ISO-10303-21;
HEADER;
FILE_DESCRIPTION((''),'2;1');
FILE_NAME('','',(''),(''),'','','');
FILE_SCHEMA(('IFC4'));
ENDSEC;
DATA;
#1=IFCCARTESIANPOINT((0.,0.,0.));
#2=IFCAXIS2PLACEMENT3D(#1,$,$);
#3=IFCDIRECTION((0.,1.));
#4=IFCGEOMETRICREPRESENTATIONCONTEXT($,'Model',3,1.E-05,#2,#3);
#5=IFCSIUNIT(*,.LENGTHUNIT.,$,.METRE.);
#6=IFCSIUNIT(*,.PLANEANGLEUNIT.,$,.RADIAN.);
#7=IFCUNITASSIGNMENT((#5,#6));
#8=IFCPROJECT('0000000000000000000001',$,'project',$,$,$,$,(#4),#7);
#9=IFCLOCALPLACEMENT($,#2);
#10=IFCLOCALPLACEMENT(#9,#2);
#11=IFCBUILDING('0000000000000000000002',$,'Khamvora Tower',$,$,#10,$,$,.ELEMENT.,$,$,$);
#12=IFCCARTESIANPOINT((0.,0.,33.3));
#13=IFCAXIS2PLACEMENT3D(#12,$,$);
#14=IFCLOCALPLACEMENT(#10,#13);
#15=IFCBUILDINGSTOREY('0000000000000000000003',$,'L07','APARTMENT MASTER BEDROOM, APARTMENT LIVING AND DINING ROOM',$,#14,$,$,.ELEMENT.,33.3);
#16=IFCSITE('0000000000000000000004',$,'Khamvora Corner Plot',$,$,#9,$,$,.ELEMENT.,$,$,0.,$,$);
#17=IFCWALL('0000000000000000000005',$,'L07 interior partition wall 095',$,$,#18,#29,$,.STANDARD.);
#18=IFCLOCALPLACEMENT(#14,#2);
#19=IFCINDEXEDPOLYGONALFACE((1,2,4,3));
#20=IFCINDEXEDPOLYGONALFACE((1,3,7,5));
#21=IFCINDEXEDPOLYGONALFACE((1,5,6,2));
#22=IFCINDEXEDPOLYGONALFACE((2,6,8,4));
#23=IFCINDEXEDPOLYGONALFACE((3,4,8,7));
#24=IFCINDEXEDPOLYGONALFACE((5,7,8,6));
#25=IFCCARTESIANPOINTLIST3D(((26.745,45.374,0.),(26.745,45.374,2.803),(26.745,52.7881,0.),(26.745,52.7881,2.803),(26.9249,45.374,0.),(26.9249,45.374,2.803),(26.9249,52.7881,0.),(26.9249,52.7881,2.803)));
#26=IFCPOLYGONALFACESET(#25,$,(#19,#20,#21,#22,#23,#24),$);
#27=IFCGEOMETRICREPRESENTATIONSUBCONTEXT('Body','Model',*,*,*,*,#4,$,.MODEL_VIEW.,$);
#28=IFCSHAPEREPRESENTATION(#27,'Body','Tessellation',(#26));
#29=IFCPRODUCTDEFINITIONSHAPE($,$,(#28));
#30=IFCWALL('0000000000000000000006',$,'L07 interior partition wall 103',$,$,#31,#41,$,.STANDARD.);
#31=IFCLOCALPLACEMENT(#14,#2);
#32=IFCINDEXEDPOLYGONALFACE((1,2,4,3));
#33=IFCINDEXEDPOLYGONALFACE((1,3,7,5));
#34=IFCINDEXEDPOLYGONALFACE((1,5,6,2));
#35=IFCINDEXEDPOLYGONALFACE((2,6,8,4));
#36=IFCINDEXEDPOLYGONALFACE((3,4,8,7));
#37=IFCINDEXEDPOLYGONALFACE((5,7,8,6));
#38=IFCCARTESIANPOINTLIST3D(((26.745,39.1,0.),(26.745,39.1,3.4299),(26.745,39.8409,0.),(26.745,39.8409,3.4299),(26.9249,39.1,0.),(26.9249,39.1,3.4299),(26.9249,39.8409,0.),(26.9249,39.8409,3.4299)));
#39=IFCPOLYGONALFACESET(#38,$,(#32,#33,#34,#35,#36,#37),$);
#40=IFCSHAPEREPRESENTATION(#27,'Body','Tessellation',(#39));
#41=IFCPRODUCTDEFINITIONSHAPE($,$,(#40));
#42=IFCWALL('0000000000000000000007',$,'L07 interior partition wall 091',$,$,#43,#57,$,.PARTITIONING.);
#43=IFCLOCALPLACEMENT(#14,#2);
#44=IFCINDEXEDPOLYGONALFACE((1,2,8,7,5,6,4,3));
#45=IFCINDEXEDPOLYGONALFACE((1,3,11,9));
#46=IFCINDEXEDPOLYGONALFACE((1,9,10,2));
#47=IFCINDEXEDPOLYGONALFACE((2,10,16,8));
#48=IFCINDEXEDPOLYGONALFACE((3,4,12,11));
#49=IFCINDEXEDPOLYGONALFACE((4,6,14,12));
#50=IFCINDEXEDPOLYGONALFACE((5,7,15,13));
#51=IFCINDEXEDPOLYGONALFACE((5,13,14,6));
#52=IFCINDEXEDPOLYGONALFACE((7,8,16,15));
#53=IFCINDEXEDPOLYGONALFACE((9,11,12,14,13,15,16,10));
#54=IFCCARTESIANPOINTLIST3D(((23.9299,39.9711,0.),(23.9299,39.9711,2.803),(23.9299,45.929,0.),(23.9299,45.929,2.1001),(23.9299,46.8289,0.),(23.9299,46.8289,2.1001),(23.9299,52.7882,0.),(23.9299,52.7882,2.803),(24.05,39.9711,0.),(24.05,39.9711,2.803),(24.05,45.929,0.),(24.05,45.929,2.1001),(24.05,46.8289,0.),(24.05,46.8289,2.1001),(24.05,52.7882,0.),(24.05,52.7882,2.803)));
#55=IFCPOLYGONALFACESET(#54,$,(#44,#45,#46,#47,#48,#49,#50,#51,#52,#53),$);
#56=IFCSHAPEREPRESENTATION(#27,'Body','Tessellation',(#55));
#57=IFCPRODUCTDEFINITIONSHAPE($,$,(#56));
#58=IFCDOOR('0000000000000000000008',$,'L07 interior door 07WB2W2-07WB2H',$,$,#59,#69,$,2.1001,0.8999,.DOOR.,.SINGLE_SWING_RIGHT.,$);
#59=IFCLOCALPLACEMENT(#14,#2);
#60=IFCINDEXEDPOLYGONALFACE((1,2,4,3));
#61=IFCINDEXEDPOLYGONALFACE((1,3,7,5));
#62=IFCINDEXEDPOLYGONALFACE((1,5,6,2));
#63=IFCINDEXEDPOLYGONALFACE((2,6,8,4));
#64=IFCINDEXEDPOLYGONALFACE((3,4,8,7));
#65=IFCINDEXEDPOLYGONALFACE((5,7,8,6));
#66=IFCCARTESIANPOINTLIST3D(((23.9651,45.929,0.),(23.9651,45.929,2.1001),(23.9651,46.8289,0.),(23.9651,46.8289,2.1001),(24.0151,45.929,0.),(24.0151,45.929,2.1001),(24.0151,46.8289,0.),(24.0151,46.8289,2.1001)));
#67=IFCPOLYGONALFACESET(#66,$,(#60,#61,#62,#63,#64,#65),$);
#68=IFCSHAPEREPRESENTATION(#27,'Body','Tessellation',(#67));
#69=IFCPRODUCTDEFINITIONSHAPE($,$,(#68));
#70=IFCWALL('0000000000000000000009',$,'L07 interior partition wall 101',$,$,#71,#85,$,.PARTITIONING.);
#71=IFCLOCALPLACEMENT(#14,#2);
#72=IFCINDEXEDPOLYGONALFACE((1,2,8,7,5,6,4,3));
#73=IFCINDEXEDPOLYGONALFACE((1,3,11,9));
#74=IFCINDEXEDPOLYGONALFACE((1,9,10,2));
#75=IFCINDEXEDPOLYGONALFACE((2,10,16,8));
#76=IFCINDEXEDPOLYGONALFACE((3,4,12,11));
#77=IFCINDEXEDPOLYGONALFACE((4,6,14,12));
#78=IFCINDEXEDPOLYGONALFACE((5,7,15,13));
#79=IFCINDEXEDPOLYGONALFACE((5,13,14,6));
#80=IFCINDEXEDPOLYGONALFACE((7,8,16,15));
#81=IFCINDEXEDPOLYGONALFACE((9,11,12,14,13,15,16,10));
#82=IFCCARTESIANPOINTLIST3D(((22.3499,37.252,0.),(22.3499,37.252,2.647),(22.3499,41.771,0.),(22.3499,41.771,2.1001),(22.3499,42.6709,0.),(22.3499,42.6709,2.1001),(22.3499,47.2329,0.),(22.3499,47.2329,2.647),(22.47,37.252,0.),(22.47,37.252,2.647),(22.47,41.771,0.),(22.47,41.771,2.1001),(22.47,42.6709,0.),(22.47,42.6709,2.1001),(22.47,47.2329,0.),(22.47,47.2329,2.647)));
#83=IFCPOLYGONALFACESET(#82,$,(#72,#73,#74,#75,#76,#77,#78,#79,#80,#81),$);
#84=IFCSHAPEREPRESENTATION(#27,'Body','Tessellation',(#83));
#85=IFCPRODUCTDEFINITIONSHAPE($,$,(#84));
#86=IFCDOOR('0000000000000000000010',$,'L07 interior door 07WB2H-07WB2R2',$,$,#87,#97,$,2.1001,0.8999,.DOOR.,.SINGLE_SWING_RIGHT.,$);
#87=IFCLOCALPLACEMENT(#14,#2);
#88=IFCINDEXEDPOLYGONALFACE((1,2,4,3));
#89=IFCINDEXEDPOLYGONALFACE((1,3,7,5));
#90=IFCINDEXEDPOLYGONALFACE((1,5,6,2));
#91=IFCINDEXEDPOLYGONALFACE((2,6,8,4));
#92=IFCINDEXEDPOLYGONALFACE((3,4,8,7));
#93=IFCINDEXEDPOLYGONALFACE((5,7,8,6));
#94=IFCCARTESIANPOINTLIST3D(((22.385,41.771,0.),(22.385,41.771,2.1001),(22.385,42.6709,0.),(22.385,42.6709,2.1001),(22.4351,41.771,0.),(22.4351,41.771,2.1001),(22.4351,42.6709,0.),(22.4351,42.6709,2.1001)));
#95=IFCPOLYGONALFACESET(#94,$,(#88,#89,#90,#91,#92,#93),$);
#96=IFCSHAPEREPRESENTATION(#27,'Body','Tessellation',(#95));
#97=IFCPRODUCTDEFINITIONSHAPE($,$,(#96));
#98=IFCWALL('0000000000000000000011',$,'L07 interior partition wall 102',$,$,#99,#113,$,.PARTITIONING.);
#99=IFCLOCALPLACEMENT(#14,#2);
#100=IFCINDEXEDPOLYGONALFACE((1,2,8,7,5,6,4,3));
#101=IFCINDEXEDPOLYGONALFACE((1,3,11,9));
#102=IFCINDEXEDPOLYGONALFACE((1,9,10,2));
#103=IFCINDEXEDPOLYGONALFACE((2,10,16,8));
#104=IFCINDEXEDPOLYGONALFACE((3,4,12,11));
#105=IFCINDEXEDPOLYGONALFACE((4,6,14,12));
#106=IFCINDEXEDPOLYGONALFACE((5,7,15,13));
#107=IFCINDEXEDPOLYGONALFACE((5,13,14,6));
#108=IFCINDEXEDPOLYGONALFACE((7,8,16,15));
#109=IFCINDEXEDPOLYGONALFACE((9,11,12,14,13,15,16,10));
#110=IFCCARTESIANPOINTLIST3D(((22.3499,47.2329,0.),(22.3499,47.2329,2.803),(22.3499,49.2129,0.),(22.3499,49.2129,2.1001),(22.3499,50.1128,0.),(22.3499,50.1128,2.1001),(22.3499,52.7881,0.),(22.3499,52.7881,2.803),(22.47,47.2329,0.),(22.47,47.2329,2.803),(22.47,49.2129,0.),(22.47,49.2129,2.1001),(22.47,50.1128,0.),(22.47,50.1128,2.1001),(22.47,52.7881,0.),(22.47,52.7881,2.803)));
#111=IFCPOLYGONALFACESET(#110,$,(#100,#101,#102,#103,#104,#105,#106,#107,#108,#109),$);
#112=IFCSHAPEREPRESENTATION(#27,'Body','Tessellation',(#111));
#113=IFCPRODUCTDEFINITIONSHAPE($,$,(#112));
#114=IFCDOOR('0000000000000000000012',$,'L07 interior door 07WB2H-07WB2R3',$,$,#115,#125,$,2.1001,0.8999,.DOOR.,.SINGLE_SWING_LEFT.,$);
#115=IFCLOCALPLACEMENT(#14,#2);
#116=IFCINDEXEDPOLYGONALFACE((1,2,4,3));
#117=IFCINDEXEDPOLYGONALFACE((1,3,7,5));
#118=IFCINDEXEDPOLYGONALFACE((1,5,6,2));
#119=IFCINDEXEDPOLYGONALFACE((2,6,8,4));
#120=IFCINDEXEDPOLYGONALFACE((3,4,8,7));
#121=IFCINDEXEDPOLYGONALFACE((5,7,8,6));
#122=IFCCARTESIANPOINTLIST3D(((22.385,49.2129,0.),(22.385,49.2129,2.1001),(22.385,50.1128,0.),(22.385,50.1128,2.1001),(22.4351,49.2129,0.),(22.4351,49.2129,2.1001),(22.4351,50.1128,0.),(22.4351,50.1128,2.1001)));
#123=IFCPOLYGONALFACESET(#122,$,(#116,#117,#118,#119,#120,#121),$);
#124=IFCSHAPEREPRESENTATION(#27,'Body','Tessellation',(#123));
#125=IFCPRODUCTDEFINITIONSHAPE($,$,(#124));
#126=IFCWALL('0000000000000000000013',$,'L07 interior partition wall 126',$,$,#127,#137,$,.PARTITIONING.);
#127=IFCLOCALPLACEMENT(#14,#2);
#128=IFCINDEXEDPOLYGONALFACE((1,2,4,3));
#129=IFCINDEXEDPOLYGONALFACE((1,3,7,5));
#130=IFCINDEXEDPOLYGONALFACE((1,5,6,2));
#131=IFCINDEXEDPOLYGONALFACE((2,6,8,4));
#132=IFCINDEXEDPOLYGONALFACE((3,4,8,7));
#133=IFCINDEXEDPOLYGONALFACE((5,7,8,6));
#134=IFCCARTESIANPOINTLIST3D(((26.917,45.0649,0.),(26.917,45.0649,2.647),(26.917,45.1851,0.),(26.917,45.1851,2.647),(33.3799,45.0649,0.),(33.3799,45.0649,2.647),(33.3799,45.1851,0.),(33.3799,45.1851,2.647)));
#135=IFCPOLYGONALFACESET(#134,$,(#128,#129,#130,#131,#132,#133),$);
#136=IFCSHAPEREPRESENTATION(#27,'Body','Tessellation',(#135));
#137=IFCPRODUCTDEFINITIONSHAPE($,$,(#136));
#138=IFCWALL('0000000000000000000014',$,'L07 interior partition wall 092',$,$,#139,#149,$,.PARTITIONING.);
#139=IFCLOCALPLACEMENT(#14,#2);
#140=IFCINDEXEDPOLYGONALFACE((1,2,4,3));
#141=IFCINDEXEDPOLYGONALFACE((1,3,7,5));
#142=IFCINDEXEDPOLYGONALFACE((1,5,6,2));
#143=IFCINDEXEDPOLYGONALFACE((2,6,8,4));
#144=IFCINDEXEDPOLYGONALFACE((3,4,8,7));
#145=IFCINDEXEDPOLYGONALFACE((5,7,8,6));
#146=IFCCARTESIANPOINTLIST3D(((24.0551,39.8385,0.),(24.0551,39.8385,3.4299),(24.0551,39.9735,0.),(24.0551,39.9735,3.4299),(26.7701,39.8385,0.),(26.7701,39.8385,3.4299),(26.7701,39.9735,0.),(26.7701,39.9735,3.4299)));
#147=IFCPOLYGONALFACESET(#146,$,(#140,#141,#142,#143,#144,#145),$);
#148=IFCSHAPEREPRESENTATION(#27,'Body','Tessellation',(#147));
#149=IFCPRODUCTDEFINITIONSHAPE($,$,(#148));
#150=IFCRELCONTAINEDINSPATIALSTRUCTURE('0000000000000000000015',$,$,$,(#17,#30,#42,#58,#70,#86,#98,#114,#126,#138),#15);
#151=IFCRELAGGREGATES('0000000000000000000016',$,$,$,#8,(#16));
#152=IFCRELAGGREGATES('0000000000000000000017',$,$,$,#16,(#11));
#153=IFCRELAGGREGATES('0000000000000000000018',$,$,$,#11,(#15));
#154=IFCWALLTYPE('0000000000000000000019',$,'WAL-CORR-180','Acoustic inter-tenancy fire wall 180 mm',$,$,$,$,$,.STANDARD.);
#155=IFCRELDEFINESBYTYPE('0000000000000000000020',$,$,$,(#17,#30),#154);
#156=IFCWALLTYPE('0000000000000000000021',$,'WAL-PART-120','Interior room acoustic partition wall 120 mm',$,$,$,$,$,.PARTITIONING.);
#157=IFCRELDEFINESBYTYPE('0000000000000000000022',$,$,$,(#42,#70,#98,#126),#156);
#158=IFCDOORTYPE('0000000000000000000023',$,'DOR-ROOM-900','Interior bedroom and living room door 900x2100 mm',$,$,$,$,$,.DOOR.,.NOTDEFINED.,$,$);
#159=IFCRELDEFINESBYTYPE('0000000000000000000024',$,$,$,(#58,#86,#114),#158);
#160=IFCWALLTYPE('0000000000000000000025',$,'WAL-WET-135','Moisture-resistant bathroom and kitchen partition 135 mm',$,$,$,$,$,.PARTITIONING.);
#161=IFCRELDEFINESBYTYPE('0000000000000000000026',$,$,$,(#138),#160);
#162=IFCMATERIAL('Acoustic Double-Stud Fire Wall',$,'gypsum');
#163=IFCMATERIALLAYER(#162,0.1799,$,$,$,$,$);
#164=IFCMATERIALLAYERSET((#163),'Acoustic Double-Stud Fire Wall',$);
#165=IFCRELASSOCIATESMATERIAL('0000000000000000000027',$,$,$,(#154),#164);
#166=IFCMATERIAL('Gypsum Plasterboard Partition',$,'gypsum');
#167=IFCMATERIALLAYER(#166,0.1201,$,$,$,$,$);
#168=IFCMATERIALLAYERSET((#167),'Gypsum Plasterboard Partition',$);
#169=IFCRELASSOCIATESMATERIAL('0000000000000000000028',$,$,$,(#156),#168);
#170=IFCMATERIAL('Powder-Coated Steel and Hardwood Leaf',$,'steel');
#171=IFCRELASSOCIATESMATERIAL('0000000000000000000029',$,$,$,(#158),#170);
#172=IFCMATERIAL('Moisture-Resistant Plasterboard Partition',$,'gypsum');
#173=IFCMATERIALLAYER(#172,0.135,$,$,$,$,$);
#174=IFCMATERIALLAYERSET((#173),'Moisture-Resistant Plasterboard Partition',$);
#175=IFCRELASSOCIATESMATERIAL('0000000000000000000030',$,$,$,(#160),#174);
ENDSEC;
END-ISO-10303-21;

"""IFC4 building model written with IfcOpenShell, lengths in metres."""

from ifc_helpers import new_model, si_unit, direction, frame, frame_2d, origin, place, context, subcontext, project, spatial, rectangle, extrude, material, layer, layer_set, type_object, element, fill, save


model = new_model("IFC4")

# Units and contexts
model_context = context("Model", 3, precision=1e-05, world=origin(), true_north=direction((0.0, 1.0)))
body_context = subcontext(model_context, "Body", "Model", "MODEL_VIEW")
ifc_project = project(units=[si_unit("LENGTHUNIT", "METRE"), si_unit("PLANEANGLEUNIT", "RADIAN")], contexts=[model_context])

# Site, building, storey
site_placement = place(None, origin())
site = spatial("IfcSite", under=ifc_project, at=site_placement, Name="Khamvora Corner Plot", CompositionType="ELEMENT", RefElevation=0.0)
building_placement = place(site_placement, origin())
building = spatial("IfcBuilding", under=site, at=building_placement, Name="Khamvora Tower", CompositionType="ELEMENT")
storey_placement = place(building_placement, frame((0.0, 0.0, 33.3)))
storey = spatial("IfcBuildingStorey", under=building, at=storey_placement, Name="L07", Description="APARTMENT MASTER BEDROOM, APARTMENT LIVING AND DINING ROOM", CompositionType="ELEMENT", Elevation=33.3)

# Shared definitions
ifc_material_1 = material(Name="Powder-Coated Steel and Hardwood Leaf", Category="steel")

# Walls
ifc_material_2 = material(Name="Acoustic Double-Stud Fire Wall", Category="gypsum")
ifc_layer_1 = layer(ifc_material_2, 0.1799)
ifc_layer_set_1 = layer_set([ifc_layer_1], Name="Acoustic Double-Stud Fire Wall")
wall_type_1 = type_object("IfcWallType", Name="WAL-CORR-180", Description="Acoustic inter-tenancy fire wall 180 mm", PredefinedType="STANDARD", material=ifc_layer_set_1)
wall_1_placement = place(storey_placement, frame((26.835, 52.7881, 0.0), z_axis=(0.0, 0.0, 1.0), x_axis=(0.0, -1.0, 0.0)))
element("IfcWall", 1, at=wall_1_placement, inside=storey, type_object=wall_type_1, Name="L07 interior partition wall 095", PredefinedType="STANDARD", context=body_context, shape_type="SweptSolid", body=[
    extrude(rectangle(XDim=7.4141, YDim=0.1799, at=frame_2d((3.707, 0.0))), origin(), (0.0, 0.0, 1.0), 2.803),
])
wall_2_placement = place(storey_placement, frame((26.835, 39.8411, 0.0), z_axis=(0.0, 0.0, 1.0), x_axis=(0.0, -1.0, 0.0)))
element("IfcWall", 2, at=wall_2_placement, inside=storey, type_object=wall_type_1, Name="L07 interior partition wall 103", PredefinedType="STANDARD", context=body_context, shape_type="SweptSolid", body=[
    extrude(rectangle(XDim=0.741, YDim=0.1799, at=frame_2d((0.3706, 0.0))), origin(), (0.0, 0.0, 1.0), 3.4299),
])

# Walls, openings, doors
ifc_material_3 = material(Name="Gypsum Plasterboard Partition", Category="gypsum")
ifc_layer_2 = layer(ifc_material_3, 0.1201)
ifc_layer_set_2 = layer_set([ifc_layer_2], Name="Gypsum Plasterboard Partition")
wall_type_2 = type_object("IfcWallType", Name="WAL-PART-120", Description="Interior room acoustic partition wall 120 mm", PredefinedType="PARTITIONING", material=ifc_layer_set_2)
wall_3_placement = place(storey_placement, frame((23.99, 39.9709, 0.0), z_axis=(0.0, 0.0, 1.0), x_axis=(0.0, 1.0, 0.0)))
wall_3 = element("IfcWall", 3, at=wall_3_placement, inside=storey, type_object=wall_type_2, Name="L07 interior partition wall 091", PredefinedType="PARTITIONING", context=body_context, shape_type="SweptSolid", body=[
    extrude(rectangle(XDim=12.8171, YDim=0.1201, at=frame_2d((6.4087, 0.0))), origin(), (0.0, 0.0, 1.0), 2.803),
])
opening_1_placement = place(wall_3_placement, frame((5.958, 0.0, 0.0)))
opening_1 = element("IfcOpeningElement", 4, at=opening_1_placement, cuts=wall_3, PredefinedType="OPENING", context=body_context, shape_type="SweptSolid", body=[
    extrude(rectangle(XDim=0.8999, YDim=2.1001, at=frame_2d((0.45, 1.05))), frame((0.0, 0.0701, 0.0), z_axis=(0.0, -1.0, 0.0), x_axis=(1.0, 0.0, 0.0)), (0.0, 0.0, 1.0), 0.1401),
])
door_type_1 = type_object("IfcDoorType", Name="DOR-ROOM-900", Description="Interior bedroom and living room door 900x2100 mm", OperationType="NOTDEFINED", PredefinedType="DOOR", material=ifc_material_1)
door_1_placement = place(opening_1_placement, origin())
door_1 = element("IfcDoor", 5, at=door_1_placement, inside=storey, type_object=door_type_1, Name="L07 interior door 07WB2W2-07WB2H", OperationType="SINGLE_SWING_RIGHT", OverallHeight=2.1001, OverallWidth=0.8999, PredefinedType="DOOR", context=body_context, shape_type="SweptSolid", body=[
    extrude(rectangle(XDim=0.8999, YDim=2.1001, at=frame_2d((0.45, 1.05))), frame((0.0, 0.0249, 0.0), z_axis=(0.0, -1.0, 0.0), x_axis=(1.0, 0.0, 0.0)), (0.0, 0.0, 1.0), 0.05),
])
fill(opening_1, door_1)
wall_4_placement = place(storey_placement, frame((22.4099, 37.252, 0.0), z_axis=(0.0, 0.0, 1.0), x_axis=(0.0, 1.0, 0.0)))
wall_4 = element("IfcWall", 6, at=wall_4_placement, inside=storey, type_object=wall_type_2, Name="L07 interior partition wall 101", PredefinedType="PARTITIONING", context=body_context, shape_type="SweptSolid", body=[
    extrude(rectangle(XDim=9.981, YDim=0.1201, at=frame_2d((4.9905, 0.0))), origin(), (0.0, 0.0, 1.0), 2.647),
])
opening_2_placement = place(wall_4_placement, frame((4.519, 0.0, 0.0)))
opening_2 = element("IfcOpeningElement", 7, at=opening_2_placement, cuts=wall_4, PredefinedType="OPENING", context=body_context, shape_type="SweptSolid", body=[
    extrude(rectangle(XDim=0.8999, YDim=2.1001, at=frame_2d((0.45, 1.05))), frame((0.0, 0.0701, 0.0), z_axis=(0.0, -1.0, 0.0), x_axis=(1.0, 0.0, 0.0)), (0.0, 0.0, 1.0), 0.1401),
])
door_2_placement = place(opening_2_placement, origin())
door_2 = element("IfcDoor", 8, at=door_2_placement, inside=storey, type_object=door_type_1, Name="L07 interior door 07WB2H-07WB2R2", OperationType="SINGLE_SWING_RIGHT", OverallHeight=2.1001, OverallWidth=0.8999, PredefinedType="DOOR", context=body_context, shape_type="SweptSolid", body=[
    extrude(rectangle(XDim=0.8999, YDim=2.1001, at=frame_2d((0.45, 1.05))), frame((0.0, 0.0249, 0.0), z_axis=(0.0, -1.0, 0.0), x_axis=(1.0, 0.0, 0.0)), (0.0, 0.0, 1.0), 0.05),
])
fill(opening_2, door_2)
wall_5_placement = place(storey_placement, frame((22.4099, 47.2329, 0.0), z_axis=(0.0, 0.0, 1.0), x_axis=(0.0, 1.0, 0.0)))
wall_5 = element("IfcWall", 9, at=wall_5_placement, inside=storey, type_object=wall_type_2, Name="L07 interior partition wall 102", PredefinedType="PARTITIONING", context=body_context, shape_type="SweptSolid", body=[
    extrude(rectangle(XDim=5.5552, YDim=0.1201, at=frame_2d((2.7776, 0.0))), origin(), (0.0, 0.0, 1.0), 2.803),
])
opening_3_placement = place(wall_5_placement, frame((1.98, 0.0, 0.0)))
opening_3 = element("IfcOpeningElement", 10, at=opening_3_placement, cuts=wall_5, PredefinedType="OPENING", context=body_context, shape_type="SweptSolid", body=[
    extrude(rectangle(XDim=0.8999, YDim=2.1001, at=frame_2d((0.45, 1.05))), frame((0.0, 0.0701, 0.0), z_axis=(0.0, -1.0, 0.0), x_axis=(1.0, 0.0, 0.0)), (0.0, 0.0, 1.0), 0.1401),
])
door_3_placement = place(opening_3_placement, origin())
door_3 = element("IfcDoor", 11, at=door_3_placement, inside=storey, type_object=door_type_1, Name="L07 interior door 07WB2H-07WB2R3", OperationType="SINGLE_SWING_LEFT", OverallHeight=2.1001, OverallWidth=0.8999, PredefinedType="DOOR", context=body_context, shape_type="SweptSolid", body=[
    extrude(rectangle(XDim=0.8999, YDim=2.1001, at=frame_2d((0.45, 1.05))), frame((0.0, 0.0249, 0.0), z_axis=(0.0, -1.0, 0.0), x_axis=(1.0, 0.0, 0.0)), (0.0, 0.0, 1.0), 0.05),
])
fill(opening_3, door_3)

# Walls
wall_6_placement = place(storey_placement, frame((26.917, 45.125, 0.0), z_axis=(0.0, 0.0, 1.0), x_axis=(1.0, 0.0, 0.0)))
element("IfcWall", 12, at=wall_6_placement, inside=storey, type_object=wall_type_2, Name="L07 interior partition wall 126", PredefinedType="PARTITIONING", context=body_context, shape_type="SweptSolid", body=[
    extrude(rectangle(XDim=6.4629, YDim=0.1201, at=frame_2d((3.2314, 0.0))), origin(), (0.0, 0.0, 1.0), 2.647),
])
ifc_material_4 = material(Name="Moisture-Resistant Plasterboard Partition", Category="gypsum")
ifc_layer_3 = layer(ifc_material_4, 0.135)
ifc_layer_set_3 = layer_set([ifc_layer_3], Name="Moisture-Resistant Plasterboard Partition")
wall_type_3 = type_object("IfcWallType", Name="WAL-WET-135", Description="Moisture-resistant bathroom and kitchen partition 135 mm", PredefinedType="PARTITIONING", material=ifc_layer_set_3)
wall_7_placement = place(storey_placement, frame((26.77, 39.906, 0.0), z_axis=(0.0, 0.0, 1.0), x_axis=(-1.0, 0.0, 0.0)))
element("IfcWall", 13, at=wall_7_placement, inside=storey, type_object=wall_type_3, Name="L07 interior partition wall 092", PredefinedType="PARTITIONING", context=body_context, shape_type="SweptSolid", body=[
    extrude(rectangle(XDim=2.7151, YDim=0.135, at=frame_2d((1.3574, 0.0))), origin(), (0.0, 0.0, 1.0), 3.4299),
])

save(model, "model.ifc")
